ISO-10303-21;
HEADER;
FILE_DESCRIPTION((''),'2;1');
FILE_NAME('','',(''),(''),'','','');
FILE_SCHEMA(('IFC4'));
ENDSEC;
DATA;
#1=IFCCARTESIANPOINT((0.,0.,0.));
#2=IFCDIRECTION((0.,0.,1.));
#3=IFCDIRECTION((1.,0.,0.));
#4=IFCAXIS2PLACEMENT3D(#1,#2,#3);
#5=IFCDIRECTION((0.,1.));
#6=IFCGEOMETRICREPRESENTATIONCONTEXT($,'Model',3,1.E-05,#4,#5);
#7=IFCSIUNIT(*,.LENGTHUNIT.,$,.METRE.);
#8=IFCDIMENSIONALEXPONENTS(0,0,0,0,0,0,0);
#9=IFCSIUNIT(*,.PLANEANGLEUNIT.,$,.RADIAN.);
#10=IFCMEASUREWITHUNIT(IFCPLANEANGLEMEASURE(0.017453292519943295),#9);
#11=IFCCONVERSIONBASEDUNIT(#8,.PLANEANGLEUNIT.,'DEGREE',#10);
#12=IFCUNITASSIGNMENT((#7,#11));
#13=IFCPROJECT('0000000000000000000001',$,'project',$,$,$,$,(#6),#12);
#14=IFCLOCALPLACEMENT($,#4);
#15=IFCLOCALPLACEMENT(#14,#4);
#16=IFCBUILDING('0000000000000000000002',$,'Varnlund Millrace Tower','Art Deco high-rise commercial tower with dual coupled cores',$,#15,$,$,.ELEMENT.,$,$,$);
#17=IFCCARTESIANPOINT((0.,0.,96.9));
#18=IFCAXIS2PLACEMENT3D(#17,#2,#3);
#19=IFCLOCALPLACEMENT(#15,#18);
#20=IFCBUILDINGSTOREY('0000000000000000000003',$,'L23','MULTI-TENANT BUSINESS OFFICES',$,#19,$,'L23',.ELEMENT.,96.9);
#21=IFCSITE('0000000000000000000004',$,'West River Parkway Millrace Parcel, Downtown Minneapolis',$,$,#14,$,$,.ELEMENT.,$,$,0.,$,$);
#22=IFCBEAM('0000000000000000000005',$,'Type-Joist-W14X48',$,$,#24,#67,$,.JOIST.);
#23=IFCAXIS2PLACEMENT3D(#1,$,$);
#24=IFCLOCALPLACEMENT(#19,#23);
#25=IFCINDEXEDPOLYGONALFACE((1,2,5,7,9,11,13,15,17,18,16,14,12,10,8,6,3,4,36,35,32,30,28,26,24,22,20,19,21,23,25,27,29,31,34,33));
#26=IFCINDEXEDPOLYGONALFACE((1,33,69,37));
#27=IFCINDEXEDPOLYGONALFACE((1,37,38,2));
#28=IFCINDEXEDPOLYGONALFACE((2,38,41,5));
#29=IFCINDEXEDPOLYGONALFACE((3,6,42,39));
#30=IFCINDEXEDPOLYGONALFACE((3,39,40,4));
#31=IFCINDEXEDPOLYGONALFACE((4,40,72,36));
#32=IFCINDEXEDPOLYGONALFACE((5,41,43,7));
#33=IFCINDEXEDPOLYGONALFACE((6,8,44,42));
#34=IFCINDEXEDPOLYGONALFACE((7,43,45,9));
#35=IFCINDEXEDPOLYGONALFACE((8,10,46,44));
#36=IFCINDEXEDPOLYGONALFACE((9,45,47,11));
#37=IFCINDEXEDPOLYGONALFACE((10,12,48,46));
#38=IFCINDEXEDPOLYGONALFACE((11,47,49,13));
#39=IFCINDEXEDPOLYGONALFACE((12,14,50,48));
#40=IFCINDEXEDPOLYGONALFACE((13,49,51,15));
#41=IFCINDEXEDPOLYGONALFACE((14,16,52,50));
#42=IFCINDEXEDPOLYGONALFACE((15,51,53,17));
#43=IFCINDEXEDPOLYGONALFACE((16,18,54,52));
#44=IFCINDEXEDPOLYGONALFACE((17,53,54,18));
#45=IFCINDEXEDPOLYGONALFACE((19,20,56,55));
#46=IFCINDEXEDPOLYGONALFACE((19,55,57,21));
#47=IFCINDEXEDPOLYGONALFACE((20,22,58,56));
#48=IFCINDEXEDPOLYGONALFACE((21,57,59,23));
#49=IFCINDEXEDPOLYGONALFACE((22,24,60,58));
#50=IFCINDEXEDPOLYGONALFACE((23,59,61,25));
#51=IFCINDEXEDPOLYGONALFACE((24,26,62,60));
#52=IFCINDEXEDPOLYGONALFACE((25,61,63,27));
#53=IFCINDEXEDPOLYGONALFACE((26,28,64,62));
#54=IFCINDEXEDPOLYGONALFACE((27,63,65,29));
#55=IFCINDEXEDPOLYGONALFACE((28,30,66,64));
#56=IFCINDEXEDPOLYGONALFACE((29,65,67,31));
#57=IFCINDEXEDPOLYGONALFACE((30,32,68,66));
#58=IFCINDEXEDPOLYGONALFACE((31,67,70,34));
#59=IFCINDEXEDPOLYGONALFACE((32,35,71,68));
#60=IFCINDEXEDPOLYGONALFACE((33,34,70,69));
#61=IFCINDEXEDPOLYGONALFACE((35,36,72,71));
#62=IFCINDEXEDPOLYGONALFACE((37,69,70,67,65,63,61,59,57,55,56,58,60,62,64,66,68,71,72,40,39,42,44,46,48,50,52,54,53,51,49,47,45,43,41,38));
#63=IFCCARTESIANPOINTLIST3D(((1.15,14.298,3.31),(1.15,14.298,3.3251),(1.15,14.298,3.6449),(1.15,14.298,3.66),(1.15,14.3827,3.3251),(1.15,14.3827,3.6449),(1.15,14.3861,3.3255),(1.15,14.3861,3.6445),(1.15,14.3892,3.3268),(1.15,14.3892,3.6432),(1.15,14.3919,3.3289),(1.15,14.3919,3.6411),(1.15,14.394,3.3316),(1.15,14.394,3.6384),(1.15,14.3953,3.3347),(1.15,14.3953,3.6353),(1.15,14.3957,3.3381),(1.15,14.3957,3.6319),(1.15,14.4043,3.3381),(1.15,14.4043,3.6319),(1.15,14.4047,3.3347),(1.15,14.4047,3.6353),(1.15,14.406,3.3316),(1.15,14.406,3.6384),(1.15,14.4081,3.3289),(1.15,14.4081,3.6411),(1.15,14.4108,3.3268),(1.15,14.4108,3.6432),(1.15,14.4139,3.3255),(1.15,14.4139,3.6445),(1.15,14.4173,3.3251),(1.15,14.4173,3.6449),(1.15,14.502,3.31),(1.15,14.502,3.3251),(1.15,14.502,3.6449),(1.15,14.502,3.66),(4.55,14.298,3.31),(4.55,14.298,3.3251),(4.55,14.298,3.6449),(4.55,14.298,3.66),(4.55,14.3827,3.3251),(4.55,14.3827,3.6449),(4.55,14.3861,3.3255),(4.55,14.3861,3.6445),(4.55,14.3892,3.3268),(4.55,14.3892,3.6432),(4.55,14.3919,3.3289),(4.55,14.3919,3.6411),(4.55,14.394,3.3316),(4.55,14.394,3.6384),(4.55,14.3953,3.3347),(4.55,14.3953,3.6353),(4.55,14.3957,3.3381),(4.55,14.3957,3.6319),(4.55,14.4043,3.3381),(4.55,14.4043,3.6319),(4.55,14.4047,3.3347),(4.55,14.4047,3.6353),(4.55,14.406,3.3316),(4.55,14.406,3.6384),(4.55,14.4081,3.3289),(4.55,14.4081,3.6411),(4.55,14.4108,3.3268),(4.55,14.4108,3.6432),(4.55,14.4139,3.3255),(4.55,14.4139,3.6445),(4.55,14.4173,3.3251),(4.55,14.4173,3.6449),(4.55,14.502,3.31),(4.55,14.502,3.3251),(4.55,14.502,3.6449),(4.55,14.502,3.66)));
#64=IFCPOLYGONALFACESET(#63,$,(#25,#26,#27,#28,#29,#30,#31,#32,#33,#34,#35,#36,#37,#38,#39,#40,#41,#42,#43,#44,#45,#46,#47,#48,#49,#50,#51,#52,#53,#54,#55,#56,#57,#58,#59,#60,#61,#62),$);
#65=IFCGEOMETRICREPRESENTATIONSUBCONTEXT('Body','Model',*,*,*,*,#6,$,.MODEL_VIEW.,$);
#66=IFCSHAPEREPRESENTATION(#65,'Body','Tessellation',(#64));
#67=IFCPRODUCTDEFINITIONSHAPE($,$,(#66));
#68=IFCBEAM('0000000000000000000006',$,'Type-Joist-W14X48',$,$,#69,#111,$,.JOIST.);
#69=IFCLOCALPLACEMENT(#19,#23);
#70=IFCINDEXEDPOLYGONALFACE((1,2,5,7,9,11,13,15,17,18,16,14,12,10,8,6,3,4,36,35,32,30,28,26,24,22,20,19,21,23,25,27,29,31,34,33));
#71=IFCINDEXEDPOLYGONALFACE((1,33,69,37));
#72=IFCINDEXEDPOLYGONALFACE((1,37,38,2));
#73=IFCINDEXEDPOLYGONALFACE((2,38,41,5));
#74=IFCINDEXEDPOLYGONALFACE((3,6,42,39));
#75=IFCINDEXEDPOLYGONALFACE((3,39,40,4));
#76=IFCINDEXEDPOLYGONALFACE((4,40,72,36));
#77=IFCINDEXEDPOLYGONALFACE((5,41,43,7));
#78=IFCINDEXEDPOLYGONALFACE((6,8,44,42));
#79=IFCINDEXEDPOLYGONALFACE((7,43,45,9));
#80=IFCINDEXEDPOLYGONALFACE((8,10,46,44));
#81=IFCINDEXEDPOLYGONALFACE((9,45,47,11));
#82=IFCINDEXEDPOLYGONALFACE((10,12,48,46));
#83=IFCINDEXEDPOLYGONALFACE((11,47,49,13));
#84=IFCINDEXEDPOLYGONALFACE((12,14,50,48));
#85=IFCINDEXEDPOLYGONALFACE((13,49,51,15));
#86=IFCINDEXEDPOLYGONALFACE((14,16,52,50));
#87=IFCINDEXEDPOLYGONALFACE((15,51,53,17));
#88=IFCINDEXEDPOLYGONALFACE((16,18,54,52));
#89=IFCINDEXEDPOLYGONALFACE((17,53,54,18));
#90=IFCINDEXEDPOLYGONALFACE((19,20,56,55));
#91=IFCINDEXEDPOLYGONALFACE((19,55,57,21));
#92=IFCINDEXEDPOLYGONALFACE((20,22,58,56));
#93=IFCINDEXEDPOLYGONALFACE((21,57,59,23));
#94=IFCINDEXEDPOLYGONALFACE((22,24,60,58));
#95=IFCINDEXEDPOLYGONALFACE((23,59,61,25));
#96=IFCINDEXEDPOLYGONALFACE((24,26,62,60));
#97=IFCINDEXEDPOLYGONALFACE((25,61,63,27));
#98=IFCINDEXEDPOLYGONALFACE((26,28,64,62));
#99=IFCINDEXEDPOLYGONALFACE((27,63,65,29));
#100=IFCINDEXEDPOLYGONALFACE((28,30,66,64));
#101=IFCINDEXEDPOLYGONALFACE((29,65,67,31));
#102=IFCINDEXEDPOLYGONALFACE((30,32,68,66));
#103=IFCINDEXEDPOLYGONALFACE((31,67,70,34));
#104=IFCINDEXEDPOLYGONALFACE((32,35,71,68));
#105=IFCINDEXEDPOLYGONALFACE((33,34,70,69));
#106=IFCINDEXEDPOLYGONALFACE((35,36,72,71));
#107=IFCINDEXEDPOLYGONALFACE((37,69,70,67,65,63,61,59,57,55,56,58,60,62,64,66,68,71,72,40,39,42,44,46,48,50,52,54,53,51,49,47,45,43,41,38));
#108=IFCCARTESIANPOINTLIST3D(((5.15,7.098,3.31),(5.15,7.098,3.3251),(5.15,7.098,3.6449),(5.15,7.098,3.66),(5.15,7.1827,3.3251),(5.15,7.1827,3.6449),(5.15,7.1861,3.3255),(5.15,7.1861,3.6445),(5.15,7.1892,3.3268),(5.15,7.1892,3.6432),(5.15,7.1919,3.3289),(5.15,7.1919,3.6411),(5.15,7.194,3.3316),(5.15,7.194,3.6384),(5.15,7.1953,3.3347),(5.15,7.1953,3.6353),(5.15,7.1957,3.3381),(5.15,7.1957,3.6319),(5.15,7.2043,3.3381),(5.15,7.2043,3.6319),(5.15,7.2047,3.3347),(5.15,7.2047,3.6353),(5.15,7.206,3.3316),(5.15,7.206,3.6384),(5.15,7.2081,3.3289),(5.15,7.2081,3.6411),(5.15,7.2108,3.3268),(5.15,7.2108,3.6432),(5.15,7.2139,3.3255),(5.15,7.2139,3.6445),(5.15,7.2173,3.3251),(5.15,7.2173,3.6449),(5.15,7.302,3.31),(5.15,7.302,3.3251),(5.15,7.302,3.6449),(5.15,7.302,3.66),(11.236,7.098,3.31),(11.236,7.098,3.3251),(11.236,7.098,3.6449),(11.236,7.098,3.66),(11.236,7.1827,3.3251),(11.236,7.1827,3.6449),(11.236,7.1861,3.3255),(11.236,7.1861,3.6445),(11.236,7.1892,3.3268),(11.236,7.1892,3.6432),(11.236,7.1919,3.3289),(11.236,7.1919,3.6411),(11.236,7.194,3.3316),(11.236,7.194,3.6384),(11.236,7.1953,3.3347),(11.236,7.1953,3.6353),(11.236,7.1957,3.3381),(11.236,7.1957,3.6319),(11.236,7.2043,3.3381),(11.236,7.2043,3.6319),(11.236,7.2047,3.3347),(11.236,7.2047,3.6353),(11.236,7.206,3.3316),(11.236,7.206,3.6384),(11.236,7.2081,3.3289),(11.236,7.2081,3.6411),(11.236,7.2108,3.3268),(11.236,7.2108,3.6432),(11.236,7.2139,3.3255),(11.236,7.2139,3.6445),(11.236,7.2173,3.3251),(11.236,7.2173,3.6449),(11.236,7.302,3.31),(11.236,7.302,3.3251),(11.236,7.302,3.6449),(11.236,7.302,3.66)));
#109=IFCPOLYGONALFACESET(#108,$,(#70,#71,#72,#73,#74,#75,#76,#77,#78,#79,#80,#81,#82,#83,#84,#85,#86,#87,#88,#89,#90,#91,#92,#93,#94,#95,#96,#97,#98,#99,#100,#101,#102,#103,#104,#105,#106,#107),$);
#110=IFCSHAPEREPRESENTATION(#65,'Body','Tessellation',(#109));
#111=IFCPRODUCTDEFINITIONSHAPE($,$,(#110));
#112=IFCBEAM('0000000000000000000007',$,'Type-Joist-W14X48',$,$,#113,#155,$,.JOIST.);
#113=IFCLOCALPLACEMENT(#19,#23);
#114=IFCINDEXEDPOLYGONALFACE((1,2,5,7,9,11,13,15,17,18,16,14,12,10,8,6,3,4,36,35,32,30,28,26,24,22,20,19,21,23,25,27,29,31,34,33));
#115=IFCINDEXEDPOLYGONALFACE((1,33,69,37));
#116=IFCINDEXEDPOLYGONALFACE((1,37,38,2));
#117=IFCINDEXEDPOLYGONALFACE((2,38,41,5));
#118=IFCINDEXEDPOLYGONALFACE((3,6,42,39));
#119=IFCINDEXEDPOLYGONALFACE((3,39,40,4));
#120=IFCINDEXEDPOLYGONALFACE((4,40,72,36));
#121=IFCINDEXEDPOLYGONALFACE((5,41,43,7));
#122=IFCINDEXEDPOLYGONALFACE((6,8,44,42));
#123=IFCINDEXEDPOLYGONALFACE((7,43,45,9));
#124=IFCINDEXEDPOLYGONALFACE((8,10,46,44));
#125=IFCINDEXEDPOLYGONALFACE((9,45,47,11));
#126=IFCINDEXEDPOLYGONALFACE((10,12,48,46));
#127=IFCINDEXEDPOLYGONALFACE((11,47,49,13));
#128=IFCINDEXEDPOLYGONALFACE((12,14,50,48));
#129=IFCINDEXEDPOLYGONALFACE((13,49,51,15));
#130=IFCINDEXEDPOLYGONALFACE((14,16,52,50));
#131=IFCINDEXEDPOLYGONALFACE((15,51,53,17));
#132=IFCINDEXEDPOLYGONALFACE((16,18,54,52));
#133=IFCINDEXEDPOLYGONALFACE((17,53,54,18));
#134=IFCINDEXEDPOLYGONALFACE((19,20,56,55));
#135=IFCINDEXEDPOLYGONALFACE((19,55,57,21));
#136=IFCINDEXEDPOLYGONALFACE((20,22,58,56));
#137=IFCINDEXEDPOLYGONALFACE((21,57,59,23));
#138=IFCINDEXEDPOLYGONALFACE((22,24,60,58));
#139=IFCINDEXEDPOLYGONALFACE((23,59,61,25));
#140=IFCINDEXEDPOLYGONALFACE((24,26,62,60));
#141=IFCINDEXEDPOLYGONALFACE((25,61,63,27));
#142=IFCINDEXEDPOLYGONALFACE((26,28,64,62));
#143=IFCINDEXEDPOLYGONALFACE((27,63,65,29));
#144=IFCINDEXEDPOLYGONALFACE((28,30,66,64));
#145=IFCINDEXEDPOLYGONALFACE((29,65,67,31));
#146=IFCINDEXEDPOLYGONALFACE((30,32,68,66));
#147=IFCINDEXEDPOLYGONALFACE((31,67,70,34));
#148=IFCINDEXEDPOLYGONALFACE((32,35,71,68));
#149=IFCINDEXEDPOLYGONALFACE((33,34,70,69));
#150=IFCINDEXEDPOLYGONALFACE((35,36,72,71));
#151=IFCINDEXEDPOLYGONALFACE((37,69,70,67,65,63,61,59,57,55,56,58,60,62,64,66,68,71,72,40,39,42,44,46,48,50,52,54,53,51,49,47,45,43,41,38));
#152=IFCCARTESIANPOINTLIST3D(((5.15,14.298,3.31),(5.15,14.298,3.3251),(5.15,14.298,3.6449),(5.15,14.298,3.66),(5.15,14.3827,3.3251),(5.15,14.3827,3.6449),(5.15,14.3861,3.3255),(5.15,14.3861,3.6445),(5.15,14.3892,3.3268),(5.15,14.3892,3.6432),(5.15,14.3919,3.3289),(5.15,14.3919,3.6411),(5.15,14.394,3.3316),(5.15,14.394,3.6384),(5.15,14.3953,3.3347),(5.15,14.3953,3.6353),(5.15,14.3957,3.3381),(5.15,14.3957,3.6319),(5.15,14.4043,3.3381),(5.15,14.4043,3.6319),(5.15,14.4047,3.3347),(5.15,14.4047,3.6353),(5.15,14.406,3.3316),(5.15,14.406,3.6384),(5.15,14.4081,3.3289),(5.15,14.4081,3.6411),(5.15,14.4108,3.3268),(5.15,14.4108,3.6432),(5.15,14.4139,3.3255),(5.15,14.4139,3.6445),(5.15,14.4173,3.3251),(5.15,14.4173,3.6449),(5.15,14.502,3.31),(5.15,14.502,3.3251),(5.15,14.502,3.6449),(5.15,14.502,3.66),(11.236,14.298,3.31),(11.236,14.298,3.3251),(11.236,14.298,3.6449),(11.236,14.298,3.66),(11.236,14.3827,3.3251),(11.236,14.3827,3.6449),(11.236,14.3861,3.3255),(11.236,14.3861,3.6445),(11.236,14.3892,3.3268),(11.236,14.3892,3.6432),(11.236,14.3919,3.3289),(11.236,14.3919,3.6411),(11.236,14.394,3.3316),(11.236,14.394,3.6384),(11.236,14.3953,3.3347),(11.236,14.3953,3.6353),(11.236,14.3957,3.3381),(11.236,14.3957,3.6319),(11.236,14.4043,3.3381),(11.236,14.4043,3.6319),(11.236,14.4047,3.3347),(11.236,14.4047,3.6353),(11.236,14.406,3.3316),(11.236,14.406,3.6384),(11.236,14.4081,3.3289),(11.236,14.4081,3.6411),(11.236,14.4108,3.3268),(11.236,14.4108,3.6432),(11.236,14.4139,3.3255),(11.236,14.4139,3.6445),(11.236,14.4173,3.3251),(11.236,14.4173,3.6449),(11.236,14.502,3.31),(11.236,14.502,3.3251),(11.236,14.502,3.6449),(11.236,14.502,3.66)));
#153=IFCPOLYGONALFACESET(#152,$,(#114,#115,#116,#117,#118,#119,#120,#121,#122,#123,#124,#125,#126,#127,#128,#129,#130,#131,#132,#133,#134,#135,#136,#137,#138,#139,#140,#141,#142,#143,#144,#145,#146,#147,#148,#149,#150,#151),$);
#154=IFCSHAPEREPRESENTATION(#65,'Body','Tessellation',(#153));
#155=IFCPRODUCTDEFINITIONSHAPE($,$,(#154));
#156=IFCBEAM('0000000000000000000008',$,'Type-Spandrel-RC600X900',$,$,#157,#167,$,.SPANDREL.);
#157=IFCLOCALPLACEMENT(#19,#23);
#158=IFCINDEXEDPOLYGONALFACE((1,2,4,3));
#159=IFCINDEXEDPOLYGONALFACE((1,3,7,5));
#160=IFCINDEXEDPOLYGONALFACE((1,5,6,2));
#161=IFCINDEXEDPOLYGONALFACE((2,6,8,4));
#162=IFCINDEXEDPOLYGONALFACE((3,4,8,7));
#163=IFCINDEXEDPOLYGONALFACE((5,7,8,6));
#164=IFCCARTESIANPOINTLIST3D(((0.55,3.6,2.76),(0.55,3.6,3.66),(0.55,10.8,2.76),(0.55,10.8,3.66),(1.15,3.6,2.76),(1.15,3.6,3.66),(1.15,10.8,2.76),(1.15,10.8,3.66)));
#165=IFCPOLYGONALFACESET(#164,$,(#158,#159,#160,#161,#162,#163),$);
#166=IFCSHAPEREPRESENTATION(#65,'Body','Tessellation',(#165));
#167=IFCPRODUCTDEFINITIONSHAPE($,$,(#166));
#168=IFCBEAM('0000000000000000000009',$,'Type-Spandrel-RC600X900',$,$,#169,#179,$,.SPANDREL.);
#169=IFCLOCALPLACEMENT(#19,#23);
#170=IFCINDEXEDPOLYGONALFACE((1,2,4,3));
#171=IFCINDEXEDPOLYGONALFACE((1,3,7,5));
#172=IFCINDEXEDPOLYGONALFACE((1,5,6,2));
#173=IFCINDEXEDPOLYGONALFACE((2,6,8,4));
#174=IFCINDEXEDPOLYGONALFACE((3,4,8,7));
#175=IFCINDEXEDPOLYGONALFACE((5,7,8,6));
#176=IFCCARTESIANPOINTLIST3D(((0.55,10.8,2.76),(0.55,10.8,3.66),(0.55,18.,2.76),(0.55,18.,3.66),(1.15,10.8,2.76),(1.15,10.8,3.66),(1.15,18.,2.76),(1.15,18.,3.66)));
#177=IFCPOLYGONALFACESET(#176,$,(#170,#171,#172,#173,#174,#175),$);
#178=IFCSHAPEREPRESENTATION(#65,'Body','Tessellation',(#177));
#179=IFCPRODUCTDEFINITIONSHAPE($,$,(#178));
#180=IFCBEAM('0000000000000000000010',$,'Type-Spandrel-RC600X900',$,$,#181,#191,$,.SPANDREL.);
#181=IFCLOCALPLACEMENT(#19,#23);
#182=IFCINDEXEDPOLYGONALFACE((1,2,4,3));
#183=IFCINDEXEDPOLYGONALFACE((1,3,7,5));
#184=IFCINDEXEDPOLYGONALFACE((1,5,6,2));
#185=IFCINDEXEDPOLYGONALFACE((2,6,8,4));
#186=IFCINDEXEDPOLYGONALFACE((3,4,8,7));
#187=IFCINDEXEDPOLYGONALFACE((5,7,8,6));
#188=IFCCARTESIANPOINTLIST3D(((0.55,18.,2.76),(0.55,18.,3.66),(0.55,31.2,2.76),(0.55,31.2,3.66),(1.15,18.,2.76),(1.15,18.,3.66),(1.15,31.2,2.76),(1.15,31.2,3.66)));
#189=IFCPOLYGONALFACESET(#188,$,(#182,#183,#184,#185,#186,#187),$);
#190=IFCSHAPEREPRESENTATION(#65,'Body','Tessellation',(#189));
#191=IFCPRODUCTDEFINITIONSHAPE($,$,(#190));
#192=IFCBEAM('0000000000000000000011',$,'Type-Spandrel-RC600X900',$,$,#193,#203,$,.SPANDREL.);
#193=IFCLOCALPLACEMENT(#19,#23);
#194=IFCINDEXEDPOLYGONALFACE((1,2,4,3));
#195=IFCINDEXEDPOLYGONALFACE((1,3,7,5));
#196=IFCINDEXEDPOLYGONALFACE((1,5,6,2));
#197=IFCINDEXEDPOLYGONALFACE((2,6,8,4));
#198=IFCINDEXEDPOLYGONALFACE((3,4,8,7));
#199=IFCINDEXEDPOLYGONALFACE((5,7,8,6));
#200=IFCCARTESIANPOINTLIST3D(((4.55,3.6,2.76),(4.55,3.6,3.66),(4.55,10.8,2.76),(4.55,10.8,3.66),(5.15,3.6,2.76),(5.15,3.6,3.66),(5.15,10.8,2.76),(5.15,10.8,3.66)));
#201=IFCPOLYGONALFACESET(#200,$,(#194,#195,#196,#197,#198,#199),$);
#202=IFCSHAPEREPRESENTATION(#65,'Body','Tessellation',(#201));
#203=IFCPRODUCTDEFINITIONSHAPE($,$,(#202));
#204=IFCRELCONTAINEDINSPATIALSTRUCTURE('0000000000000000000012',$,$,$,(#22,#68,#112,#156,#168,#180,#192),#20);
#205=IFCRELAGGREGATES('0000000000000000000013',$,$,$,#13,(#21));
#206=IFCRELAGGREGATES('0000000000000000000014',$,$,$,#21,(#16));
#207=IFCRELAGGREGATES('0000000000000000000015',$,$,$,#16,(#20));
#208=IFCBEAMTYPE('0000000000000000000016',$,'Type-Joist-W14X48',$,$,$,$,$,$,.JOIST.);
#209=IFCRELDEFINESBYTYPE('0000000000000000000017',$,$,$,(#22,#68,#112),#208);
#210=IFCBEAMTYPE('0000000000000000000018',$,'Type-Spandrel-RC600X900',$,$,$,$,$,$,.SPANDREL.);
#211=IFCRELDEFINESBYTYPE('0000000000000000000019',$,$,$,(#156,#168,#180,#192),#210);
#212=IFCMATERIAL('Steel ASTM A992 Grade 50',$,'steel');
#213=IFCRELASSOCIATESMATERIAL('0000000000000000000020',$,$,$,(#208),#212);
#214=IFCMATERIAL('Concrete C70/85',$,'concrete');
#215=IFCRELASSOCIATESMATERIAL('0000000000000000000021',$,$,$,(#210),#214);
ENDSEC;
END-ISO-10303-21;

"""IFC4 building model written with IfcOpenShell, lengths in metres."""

from ifc_helpers import new_model, entity, si_unit, converted_unit, direction, frame, origin_with_axes, origin_2d_with_axis, place, context, subcontext, project, spatial, rectangle, i_section, extrude, material, material_profile, profile_set, type_object, element, save


model = new_model("IFC4")

# Units and contexts
model_context = context("Model", 3, precision=1e-05, world=origin_with_axes(), true_north=direction((0.0, 1.0)))
body_context = subcontext(model_context, "Body", "Model", "MODEL_VIEW")
ifc_project = project(units=[si_unit("LENGTHUNIT", "METRE"), converted_unit("PLANEANGLEUNIT", "DEGREE", entity("IfcPlaneAngleMeasure", 0.017453292519943295), si_unit("PLANEANGLEUNIT", "RADIAN"), dimensions=[0, 0, 0, 0, 0, 0, 0])], contexts=[model_context])

# Site, building, storey
site_placement = place(None, origin_with_axes())
site = spatial("IfcSite", under=ifc_project, at=site_placement, Name="West River Parkway Millrace Parcel, Downtown Minneapolis", CompositionType="ELEMENT", RefElevation=0.0)
building_placement = place(site_placement, origin_with_axes())
building = spatial("IfcBuilding", under=site, at=building_placement, Name="Varnlund Millrace Tower", Description="Art Deco high-rise commercial tower with dual coupled cores", CompositionType="ELEMENT")
storey_placement = place(building_placement, frame((0.0, 0.0, 96.9), z_axis=(0.0, 0.0, 1.0), x_axis=(1.0, 0.0, 0.0)))
storey = spatial("IfcBuildingStorey", under=building, at=storey_placement, Name="L23", Description="MULTI-TENANT BUSINESS OFFICES", LongName="L23", CompositionType="ELEMENT", Elevation=96.9)

# Beams
ifc_material_1 = material(Name="Steel ASTM A992 Grade 50", Category="steel")
ifc_material_profile_1 = material_profile(ifc_material_1, i_section(OverallWidth=0.204, OverallDepth=0.35, WebThickness=0.0086, FlangeThickness=0.0151, FilletRadius=0.013, at=origin_2d_with_axis()), Name="Steel ASTM A992 Grade 50")
ifc_profile_set_1 = profile_set([ifc_material_profile_1], Name="Steel ASTM A992 Grade 50")
beam_type_1 = type_object("IfcBeamType", Name="Type-Joist-W14X48", PredefinedType="JOIST", material=ifc_profile_set_1)
for number, where, z_axis, x_axis, name in (
    (1, (1.15, 14.4, 3.485), (1.0, 0.0, 0.0), (0.0, 1.0, 0.0), "Type-Joist-W14X48"),
):
    element("IfcBeam", number, at=place(storey_placement, frame(where, z_axis=z_axis, x_axis=x_axis)), inside=storey, type_object=beam_type_1, Name=name, PredefinedType="JOIST", context=body_context, shape_type="SweptSolid", body=[
        extrude(i_section(OverallWidth=0.204, OverallDepth=0.35, WebThickness=0.0086, FlangeThickness=0.0151, FilletRadius=0.013, at=origin_2d_with_axis()), origin_with_axes(), (0.0, 0.0, 1.0), 3.4),
    ])
for number, where, z_axis, x_axis, name in (
    (2, (5.15, 7.2, 3.485), (1.0, 0.0, 0.0), (0.0, 1.0, 0.0), "Type-Joist-W14X48"),
    (3, (5.15, 14.4, 3.485), (1.0, 0.0, 0.0), (0.0, 1.0, 0.0), "Type-Joist-W14X48"),
):
    element("IfcBeam", number, at=place(storey_placement, frame(where, z_axis=z_axis, x_axis=x_axis)), inside=storey, type_object=beam_type_1, Name=name, PredefinedType="JOIST", context=body_context, shape_type="SweptSolid", body=[
        extrude(i_section(OverallWidth=0.204, OverallDepth=0.35, WebThickness=0.0086, FlangeThickness=0.0151, FilletRadius=0.013, at=origin_2d_with_axis()), origin_with_axes(), (0.0, 0.0, 1.0), 6.086),
    ])
ifc_material_2 = material(Name="Concrete C70/85", Category="concrete")
ifc_material_profile_2 = material_profile(ifc_material_2, rectangle(XDim=0.6, YDim=0.9, at=origin_2d_with_axis()), Name="Concrete C70/85")
ifc_profile_set_2 = profile_set([ifc_material_profile_2], Name="Concrete C70/85")
beam_type_2 = type_object("IfcBeamType", Name="Type-Spandrel-RC600X900", PredefinedType="SPANDREL", material=ifc_profile_set_2)
for number, where, z_axis, x_axis, name in (
    (4, (0.85, 3.6, 3.21), (0.0, 1.0, 0.0), (-1.0, 0.0, 0.0), "Type-Spandrel-RC600X900"),
    (5, (0.85, 10.8, 3.21), (0.0, 1.0, 0.0), (-1.0, 0.0, 0.0), "Type-Spandrel-RC600X900"),
):
    element("IfcBeam", number, at=place(storey_placement, frame(where, z_axis=z_axis, x_axis=x_axis)), inside=storey, type_object=beam_type_2, Name=name, PredefinedType="SPANDREL", context=body_context, shape_type="SweptSolid", body=[
        extrude(rectangle(XDim=0.6, YDim=0.9, at=origin_2d_with_axis()), origin_with_axes(), (0.0, 0.0, 1.0), 7.2),
    ])
beam_1_placement = place(storey_placement, frame((0.85, 18.0, 3.21), z_axis=(0.0, 1.0, 0.0), x_axis=(-1.0, 0.0, 0.0)))
element("IfcBeam", 6, at=beam_1_placement, inside=storey, type_object=beam_type_2, Name="Type-Spandrel-RC600X900", PredefinedType="SPANDREL", context=body_context, shape_type="SweptSolid", body=[
    extrude(rectangle(XDim=0.6, YDim=0.9, at=origin_2d_with_axis()), origin_with_axes(), (0.0, 0.0, 1.0), 13.2),
])
beam_2_placement = place(storey_placement, frame((4.85, 3.6, 3.21), z_axis=(0.0, 1.0, 0.0), x_axis=(-1.0, 0.0, 0.0)))
element("IfcBeam", 7, at=beam_2_placement, inside=storey, type_object=beam_type_2, Name="Type-Spandrel-RC600X900", PredefinedType="SPANDREL", context=body_context, shape_type="SweptSolid", body=[
    extrude(rectangle(XDim=0.6, YDim=0.9, at=origin_2d_with_axis()), origin_with_axes(), (0.0, 0.0, 1.0), 7.2),
])

save(model, "model.ifc")
